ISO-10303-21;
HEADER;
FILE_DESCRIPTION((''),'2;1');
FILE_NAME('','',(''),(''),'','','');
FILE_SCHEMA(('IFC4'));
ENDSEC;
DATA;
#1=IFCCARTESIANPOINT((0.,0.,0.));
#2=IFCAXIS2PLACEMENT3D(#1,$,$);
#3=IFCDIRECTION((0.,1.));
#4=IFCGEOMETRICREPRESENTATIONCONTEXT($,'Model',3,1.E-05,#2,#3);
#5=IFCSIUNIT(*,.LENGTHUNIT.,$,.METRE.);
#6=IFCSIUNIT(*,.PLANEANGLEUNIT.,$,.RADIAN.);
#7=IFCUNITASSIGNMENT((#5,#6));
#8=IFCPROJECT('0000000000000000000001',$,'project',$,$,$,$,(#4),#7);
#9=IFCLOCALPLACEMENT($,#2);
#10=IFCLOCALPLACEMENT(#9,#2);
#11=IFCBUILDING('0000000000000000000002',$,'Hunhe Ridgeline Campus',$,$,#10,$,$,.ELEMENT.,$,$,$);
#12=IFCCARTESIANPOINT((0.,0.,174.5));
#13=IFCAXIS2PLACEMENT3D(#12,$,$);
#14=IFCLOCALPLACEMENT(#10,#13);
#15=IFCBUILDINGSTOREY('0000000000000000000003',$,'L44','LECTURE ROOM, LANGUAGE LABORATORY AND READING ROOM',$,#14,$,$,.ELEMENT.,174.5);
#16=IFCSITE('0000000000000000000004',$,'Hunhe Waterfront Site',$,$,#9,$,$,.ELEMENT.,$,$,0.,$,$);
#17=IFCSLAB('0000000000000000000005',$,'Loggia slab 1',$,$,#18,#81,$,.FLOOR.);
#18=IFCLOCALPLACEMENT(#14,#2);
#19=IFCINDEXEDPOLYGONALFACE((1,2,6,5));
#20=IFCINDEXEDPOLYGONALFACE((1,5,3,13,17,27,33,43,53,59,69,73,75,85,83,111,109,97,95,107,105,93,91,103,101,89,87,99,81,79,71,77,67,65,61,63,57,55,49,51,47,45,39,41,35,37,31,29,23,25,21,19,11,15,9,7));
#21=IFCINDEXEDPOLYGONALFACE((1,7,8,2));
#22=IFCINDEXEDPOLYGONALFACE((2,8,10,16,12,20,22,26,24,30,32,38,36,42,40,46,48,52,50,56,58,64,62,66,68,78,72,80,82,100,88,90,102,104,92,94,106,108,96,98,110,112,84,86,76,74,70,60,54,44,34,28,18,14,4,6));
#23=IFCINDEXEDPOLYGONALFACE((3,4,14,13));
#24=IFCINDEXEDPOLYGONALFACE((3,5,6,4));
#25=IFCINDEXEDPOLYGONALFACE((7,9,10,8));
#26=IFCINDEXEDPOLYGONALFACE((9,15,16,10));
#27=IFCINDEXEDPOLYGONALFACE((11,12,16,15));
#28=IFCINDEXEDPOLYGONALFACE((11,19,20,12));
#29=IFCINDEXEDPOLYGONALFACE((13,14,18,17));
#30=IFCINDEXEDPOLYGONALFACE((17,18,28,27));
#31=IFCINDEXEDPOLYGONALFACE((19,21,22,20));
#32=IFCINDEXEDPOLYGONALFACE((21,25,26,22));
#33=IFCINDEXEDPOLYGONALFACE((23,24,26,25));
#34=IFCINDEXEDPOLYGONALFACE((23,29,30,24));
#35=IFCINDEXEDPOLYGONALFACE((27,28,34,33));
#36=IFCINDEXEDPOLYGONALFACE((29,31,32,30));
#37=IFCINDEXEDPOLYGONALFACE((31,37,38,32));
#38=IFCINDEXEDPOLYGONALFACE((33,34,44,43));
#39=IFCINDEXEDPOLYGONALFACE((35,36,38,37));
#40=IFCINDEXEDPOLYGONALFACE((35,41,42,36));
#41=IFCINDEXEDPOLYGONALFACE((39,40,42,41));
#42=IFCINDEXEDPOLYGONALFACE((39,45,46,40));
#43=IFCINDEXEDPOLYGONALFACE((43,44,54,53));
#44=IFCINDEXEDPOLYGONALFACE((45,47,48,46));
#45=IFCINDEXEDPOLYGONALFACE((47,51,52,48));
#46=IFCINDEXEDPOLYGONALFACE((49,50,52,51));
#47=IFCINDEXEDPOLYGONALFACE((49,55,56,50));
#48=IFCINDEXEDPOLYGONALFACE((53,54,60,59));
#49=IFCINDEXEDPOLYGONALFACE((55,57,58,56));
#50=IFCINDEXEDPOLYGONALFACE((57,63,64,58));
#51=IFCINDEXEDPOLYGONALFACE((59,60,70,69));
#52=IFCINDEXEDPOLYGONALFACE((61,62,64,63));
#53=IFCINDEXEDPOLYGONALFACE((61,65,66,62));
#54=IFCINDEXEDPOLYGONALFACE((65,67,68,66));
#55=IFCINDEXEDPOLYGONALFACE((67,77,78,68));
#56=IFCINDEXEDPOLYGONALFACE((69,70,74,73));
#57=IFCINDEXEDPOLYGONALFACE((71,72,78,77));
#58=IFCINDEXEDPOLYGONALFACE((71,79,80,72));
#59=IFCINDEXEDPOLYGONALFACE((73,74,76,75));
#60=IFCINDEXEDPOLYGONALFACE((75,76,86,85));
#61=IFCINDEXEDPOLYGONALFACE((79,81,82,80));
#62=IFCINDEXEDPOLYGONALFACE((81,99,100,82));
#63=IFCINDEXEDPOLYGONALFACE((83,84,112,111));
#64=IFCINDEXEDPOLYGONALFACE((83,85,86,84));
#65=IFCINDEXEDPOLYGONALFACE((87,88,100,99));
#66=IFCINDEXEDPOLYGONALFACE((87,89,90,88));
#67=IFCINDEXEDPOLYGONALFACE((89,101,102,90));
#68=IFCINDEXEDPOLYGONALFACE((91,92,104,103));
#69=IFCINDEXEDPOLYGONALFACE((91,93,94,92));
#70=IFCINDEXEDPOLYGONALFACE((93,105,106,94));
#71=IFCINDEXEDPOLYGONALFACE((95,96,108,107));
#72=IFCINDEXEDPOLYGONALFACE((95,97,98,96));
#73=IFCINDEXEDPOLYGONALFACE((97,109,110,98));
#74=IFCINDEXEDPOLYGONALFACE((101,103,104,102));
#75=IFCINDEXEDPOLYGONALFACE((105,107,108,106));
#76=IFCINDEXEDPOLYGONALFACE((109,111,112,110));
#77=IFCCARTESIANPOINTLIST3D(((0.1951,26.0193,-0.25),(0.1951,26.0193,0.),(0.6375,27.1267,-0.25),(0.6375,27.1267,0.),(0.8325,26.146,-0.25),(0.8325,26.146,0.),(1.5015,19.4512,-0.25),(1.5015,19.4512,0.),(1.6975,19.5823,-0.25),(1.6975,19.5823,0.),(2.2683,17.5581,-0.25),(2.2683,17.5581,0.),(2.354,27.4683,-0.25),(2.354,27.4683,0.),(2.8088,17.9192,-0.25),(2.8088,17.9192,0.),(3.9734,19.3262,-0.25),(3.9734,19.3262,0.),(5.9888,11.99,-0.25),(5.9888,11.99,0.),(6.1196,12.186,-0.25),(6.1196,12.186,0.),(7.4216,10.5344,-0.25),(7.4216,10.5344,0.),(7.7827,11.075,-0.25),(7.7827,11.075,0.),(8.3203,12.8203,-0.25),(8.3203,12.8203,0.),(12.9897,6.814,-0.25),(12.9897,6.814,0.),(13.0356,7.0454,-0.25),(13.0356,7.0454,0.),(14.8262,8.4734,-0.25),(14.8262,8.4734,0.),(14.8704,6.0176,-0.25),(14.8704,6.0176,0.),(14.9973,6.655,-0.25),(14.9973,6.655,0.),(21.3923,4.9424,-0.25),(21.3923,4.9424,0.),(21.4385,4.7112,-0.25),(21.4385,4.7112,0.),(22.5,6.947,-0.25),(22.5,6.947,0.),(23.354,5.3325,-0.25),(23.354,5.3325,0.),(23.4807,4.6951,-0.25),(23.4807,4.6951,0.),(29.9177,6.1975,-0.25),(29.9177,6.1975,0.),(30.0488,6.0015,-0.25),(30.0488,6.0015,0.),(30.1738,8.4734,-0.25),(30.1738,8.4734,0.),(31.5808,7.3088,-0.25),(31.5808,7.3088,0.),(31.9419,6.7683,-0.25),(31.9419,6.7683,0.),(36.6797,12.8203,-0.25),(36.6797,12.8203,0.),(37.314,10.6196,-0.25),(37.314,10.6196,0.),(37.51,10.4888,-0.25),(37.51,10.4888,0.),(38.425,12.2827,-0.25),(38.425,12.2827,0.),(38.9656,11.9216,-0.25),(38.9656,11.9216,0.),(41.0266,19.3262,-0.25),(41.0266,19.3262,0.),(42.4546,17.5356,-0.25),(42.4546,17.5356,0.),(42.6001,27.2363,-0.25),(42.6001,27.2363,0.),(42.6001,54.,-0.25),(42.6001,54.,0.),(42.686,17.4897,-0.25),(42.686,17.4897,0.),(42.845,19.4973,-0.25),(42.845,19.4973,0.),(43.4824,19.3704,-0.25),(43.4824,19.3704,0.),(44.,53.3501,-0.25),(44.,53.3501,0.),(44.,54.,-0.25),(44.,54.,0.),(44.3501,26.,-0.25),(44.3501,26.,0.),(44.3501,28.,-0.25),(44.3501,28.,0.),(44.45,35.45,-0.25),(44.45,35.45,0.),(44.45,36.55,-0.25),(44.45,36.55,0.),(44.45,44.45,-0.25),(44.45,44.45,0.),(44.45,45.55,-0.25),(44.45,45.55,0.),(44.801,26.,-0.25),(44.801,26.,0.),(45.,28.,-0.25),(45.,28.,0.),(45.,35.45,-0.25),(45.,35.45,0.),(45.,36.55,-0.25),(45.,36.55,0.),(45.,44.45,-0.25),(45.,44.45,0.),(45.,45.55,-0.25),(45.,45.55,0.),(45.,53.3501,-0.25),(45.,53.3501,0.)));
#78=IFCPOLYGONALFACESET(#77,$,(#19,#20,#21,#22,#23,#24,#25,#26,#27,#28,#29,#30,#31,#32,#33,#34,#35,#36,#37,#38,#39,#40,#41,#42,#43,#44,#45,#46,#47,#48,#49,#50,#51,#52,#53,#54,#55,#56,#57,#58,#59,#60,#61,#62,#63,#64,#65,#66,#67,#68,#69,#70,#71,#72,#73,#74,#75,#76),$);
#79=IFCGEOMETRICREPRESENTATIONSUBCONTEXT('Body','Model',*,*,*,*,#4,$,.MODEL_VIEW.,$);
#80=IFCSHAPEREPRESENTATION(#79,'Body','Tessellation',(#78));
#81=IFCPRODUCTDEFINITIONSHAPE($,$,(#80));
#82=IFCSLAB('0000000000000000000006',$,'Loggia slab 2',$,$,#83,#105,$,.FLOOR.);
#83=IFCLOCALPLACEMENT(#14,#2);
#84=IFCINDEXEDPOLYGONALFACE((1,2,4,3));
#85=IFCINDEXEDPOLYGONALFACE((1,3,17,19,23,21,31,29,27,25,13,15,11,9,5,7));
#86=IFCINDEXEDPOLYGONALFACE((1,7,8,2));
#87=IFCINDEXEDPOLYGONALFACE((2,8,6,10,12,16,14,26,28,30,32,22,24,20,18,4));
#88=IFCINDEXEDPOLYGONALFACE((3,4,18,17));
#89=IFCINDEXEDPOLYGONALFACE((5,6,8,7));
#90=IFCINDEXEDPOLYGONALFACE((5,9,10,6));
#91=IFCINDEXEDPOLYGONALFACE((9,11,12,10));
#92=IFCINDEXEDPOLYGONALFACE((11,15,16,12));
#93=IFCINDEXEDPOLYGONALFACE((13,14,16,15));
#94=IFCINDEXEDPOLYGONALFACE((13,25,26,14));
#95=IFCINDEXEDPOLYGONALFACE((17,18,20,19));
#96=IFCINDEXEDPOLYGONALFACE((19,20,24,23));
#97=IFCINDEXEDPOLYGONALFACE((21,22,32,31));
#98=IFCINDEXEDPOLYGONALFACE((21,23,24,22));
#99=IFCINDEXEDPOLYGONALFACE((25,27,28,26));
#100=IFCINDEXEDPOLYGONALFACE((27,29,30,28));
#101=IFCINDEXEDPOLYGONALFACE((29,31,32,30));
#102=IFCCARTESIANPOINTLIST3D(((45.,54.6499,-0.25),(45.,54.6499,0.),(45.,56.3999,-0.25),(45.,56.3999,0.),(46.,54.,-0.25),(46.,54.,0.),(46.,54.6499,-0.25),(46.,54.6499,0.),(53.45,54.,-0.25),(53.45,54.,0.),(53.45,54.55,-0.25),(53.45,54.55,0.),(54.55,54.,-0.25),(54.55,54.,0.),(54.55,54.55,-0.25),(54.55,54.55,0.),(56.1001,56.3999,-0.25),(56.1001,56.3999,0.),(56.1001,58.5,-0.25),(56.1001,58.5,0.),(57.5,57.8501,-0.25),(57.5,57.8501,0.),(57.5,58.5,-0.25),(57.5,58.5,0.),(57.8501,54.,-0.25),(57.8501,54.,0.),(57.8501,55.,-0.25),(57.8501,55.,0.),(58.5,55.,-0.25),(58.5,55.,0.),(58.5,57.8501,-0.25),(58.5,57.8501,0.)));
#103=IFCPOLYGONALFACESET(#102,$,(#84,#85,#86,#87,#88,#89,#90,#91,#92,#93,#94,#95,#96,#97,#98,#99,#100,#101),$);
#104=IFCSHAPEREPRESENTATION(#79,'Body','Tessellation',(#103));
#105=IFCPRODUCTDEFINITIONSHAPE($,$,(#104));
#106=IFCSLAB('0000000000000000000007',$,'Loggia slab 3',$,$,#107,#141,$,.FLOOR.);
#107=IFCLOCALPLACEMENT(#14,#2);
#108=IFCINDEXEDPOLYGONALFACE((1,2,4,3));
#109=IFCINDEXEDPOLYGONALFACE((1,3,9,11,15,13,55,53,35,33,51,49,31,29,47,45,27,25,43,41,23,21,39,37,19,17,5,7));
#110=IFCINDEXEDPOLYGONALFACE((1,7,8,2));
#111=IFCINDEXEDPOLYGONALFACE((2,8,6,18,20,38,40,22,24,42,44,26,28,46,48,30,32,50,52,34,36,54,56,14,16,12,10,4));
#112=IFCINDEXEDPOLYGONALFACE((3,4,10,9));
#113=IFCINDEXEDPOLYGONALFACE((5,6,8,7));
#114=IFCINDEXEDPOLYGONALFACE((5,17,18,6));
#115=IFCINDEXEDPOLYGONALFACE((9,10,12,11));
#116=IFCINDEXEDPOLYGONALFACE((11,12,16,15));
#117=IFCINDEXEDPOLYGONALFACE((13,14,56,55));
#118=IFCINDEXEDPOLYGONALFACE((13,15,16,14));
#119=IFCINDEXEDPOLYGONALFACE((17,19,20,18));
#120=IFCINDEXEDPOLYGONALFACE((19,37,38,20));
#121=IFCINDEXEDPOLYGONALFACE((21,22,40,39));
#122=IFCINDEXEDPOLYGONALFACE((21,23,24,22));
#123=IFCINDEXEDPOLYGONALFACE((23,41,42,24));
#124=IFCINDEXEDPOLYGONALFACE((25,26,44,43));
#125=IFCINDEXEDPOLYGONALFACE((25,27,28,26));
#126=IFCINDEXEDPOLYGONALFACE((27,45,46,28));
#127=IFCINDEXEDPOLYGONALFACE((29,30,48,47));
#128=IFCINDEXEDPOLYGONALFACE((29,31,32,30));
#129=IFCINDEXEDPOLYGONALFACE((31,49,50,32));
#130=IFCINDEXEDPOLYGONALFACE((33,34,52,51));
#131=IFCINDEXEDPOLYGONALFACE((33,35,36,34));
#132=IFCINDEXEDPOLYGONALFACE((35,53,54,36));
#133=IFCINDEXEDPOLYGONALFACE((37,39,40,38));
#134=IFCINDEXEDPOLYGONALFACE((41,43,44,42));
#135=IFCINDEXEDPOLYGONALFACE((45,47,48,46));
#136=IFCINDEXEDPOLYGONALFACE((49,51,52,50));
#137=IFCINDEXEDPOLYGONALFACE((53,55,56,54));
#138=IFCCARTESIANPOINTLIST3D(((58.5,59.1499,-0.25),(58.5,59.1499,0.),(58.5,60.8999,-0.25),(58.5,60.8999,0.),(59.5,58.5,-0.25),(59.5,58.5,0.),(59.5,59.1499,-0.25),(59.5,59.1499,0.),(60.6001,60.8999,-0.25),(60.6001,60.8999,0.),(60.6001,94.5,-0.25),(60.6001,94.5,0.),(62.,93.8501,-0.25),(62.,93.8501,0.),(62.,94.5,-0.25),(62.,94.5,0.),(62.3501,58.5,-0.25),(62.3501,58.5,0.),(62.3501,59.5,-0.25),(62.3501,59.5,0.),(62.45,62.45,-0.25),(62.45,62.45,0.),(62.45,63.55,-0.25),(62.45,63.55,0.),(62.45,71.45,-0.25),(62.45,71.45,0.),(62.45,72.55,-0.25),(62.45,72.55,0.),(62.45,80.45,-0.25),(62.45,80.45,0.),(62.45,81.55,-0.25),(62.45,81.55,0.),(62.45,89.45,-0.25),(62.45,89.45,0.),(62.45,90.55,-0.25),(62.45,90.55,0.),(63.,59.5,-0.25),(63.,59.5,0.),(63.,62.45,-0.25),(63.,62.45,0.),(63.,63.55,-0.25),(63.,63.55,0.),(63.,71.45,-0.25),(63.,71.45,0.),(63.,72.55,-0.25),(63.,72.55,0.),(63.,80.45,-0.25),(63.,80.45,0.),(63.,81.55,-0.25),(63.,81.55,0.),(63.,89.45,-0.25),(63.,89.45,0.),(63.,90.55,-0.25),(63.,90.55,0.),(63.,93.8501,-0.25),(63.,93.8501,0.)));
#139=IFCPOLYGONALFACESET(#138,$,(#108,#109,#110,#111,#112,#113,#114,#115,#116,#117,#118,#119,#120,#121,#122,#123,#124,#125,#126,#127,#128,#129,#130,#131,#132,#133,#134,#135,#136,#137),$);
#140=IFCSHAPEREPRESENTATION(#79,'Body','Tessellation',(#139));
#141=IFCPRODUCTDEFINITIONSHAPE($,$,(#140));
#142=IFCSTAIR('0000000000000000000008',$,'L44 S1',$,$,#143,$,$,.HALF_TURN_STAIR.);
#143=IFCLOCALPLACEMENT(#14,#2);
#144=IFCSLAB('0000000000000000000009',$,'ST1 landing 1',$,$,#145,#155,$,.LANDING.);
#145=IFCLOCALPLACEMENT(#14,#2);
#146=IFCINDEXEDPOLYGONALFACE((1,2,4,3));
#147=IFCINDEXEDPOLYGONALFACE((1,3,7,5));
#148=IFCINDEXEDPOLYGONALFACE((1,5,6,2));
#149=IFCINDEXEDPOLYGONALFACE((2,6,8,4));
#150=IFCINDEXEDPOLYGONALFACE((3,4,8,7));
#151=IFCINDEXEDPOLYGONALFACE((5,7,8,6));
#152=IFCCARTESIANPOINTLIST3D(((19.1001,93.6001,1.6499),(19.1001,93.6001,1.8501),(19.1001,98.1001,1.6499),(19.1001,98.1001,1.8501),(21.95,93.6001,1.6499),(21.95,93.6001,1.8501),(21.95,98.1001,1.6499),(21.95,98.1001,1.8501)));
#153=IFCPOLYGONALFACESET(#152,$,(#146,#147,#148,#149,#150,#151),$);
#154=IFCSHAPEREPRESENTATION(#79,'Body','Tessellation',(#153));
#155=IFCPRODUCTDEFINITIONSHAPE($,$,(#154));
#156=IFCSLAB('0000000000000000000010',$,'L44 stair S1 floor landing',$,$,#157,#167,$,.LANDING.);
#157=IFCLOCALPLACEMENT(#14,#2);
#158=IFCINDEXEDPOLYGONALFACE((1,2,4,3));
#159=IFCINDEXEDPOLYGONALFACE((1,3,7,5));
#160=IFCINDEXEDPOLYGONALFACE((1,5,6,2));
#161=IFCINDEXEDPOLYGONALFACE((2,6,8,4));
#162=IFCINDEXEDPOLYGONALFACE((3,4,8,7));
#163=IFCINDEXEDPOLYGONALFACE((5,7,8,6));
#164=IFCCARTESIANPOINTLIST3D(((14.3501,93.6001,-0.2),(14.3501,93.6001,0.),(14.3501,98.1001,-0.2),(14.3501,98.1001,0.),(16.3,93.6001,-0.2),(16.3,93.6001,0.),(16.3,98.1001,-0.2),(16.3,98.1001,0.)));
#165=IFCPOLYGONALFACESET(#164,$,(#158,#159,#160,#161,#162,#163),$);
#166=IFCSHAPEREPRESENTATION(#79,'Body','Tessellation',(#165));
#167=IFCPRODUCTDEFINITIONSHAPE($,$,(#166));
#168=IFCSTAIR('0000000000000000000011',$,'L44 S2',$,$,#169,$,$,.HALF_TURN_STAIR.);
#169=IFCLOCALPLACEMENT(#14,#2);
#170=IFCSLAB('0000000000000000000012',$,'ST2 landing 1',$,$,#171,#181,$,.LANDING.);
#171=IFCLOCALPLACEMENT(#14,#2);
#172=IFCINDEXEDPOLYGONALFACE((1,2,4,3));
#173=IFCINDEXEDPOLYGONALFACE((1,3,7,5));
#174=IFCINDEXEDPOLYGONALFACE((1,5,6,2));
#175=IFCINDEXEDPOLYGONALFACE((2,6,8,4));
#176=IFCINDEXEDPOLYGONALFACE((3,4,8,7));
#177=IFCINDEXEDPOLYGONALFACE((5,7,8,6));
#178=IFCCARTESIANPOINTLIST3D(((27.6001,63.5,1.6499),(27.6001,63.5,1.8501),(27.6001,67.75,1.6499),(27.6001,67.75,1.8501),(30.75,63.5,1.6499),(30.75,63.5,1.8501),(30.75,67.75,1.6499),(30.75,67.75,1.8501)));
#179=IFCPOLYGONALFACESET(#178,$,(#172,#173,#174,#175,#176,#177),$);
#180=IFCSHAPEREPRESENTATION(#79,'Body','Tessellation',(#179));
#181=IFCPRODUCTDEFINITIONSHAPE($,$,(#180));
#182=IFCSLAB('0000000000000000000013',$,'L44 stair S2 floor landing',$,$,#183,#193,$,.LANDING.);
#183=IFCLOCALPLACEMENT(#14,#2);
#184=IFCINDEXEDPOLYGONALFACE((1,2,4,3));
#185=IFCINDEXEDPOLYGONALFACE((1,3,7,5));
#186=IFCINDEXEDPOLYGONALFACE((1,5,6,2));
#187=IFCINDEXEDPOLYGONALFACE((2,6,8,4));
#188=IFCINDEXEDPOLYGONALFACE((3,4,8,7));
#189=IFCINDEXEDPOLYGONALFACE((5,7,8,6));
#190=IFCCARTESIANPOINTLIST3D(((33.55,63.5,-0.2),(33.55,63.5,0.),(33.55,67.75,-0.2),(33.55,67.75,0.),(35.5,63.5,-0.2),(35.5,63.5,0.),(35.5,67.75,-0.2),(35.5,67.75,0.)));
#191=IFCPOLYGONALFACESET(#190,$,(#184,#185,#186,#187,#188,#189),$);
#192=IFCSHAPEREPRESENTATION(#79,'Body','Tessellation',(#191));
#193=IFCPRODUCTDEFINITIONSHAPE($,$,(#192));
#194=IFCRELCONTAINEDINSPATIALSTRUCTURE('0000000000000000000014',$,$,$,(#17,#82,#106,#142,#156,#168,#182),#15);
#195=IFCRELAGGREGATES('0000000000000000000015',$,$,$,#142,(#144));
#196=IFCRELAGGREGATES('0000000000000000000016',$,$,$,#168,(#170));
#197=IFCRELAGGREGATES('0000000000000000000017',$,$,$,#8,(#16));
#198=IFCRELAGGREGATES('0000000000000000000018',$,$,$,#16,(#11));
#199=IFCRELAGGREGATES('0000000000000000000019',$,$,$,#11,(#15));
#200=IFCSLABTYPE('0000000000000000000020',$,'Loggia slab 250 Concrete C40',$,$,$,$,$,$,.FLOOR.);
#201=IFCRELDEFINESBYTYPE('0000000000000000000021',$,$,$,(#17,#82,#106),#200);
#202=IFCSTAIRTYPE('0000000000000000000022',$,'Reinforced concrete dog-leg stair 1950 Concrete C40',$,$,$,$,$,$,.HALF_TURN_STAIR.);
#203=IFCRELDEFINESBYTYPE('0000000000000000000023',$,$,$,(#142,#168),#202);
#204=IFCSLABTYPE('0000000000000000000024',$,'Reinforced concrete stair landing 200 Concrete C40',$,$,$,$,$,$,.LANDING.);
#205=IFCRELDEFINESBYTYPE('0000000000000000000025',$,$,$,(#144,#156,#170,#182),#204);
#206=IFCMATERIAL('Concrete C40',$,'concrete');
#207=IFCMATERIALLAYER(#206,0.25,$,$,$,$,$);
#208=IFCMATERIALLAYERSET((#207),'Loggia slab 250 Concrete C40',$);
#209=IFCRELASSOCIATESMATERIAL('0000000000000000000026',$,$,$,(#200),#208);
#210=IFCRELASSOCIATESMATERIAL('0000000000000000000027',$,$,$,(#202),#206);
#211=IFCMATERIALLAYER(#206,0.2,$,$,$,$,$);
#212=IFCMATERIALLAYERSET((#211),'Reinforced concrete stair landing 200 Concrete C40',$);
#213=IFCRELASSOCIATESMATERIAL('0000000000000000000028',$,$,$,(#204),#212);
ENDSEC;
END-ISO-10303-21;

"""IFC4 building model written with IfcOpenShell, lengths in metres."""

from ifc_helpers import new_model, si_unit, direction, frame, origin, place, context, subcontext, project, spatial, polyline, outline, extrude, material, layer, layer_set, type_object, element, aggregate, save


model = new_model("IFC4")

# Units and contexts
model_context = context("Model", 3, precision=1e-05, world=origin(), true_north=direction((0.0, 1.0)))
body_context = subcontext(model_context, "Body", "Model", "MODEL_VIEW")
ifc_project = project(units=[si_unit("LENGTHUNIT", "METRE"), si_unit("PLANEANGLEUNIT", "RADIAN")], contexts=[model_context])

# Site, building, storey
site_placement = place(None, origin())
site = spatial("IfcSite", under=ifc_project, at=site_placement, Name="Hunhe Waterfront Site", CompositionType="ELEMENT", RefElevation=0.0)
building_placement = place(site_placement, origin())
building = spatial("IfcBuilding", under=site, at=building_placement, Name="Hunhe Ridgeline Campus", CompositionType="ELEMENT")
storey_placement = place(building_placement, frame((0.0, 0.0, 174.5)))
storey = spatial("IfcBuildingStorey", under=building, at=storey_placement, Name="L44", Description="LECTURE ROOM, LANGUAGE LABORATORY AND READING ROOM", CompositionType="ELEMENT", Elevation=174.5)

# Slabs
ifc_material_1 = material(Name="Concrete C40", Category="concrete")
ifc_layer_1 = layer(ifc_material_1, 0.25)
ifc_layer_set_1 = layer_set([ifc_layer_1], Name="Loggia slab 250 Concrete C40")
slab_type_1 = type_object("IfcSlabType", Name="Loggia slab 250 Concrete C40", PredefinedType="FLOOR", material=ifc_layer_set_1)
slab_1_placement = place(storey_placement, frame((0.0, 0.0, -0.25)))
element("IfcSlab", 1, at=slab_1_placement, inside=storey, type_object=slab_type_1, Name="Loggia slab 1", PredefinedType="FLOOR", context=body_context, shape_type="SweptSolid", body=[
    extrude(outline(polyline([(30.1738, 8.4734), (22.5, 6.947), (14.8262, 8.4734), (8.3203, 12.8203), (3.9734, 19.3262), (2.354, 27.4683), (0.6375, 27.1267), (0.8325, 26.146), (0.1951, 26.0193), (1.5015, 19.4512), (1.6975, 19.5823), (2.8088, 17.9192), (2.2683, 17.5581), (5.9888, 11.99), (6.1196, 12.186), (7.7827, 11.075), (7.4216, 10.5344), (12.9897, 6.814), (13.0356, 7.0454), (14.9973, 6.655), (14.8704, 6.0176), (21.4385, 4.7112), (21.3923, 4.9424), (23.354, 5.3325), (23.4807, 4.6951), (30.0488, 6.0015), (29.9177, 6.1975), (31.5808, 7.3088), (31.9419, 6.7683), (37.51, 10.4888), (37.314, 10.6196), (38.425, 12.2827), (38.9656, 11.9216), (42.686, 17.4897), (42.4546, 17.5356), (42.845, 19.4973), (43.4824, 19.3704), (44.801, 26.0), (44.3501, 26.0), (44.3501, 28.0), (45.0, 28.0), (45.0, 35.45), (44.45, 35.45), (44.45, 36.55), (45.0, 36.55), (45.0, 44.45), (44.45, 44.45), (44.45, 45.55), (45.0, 45.55), (45.0, 53.3501), (44.0, 53.3501), (44.0, 54.0), (42.6001, 54.0), (42.6001, 27.2363), (41.0266, 19.3262), (36.6797, 12.8203), (30.1738, 8.4734)])), origin(), (0.0, 0.0, 1.0), 0.25),
])
slab_2_placement = place(storey_placement, frame((0.0, 0.0, -0.25)))
element("IfcSlab", 2, at=slab_2_placement, inside=storey, type_object=slab_type_1, Name="Loggia slab 2", PredefinedType="FLOOR", context=body_context, shape_type="SweptSolid", body=[
    extrude(outline(polyline([(45.0, 54.6499), (46.0, 54.6499), (46.0, 54.0), (53.45, 54.0), (53.45, 54.55), (54.55, 54.55), (54.55, 54.0), (57.8501, 54.0), (57.8501, 55.0), (58.5, 55.0), (58.5, 57.8501), (57.5, 57.8501), (57.5, 58.5), (56.1001, 58.5), (56.1001, 56.3999), (45.0, 56.3999), (45.0, 54.6499)])), origin(), (0.0, 0.0, 1.0), 0.25),
])
slab_3_placement = place(storey_placement, frame((0.0, 0.0, -0.25)))
element("IfcSlab", 3, at=slab_3_placement, inside=storey, type_object=slab_type_1, Name="Loggia slab 3", PredefinedType="FLOOR", context=body_context, shape_type="SweptSolid", body=[
    extrude(outline(polyline([(58.5, 59.1499), (59.5, 59.1499), (59.5, 58.5), (62.3501, 58.5), (62.3501, 59.5), (63.0, 59.5), (63.0, 62.45), (62.45, 62.45), (62.45, 63.55), (63.0, 63.55), (63.0, 71.45), (62.45, 71.45), (62.45, 72.55), (63.0, 72.55), (63.0, 80.45), (62.45, 80.45), (62.45, 81.55), (63.0, 81.55), (63.0, 89.45), (62.45, 89.45), (62.45, 90.55), (63.0, 90.55), (63.0, 93.8501), (62.0, 93.8501), (62.0, 94.5), (60.6001, 94.5), (60.6001, 60.8999), (58.5, 60.8999), (58.5, 59.1499)])), origin(), (0.0, 0.0, 1.0), 0.25),
])

# Stair, slab
stair_type = type_object("IfcStairType", Name="Reinforced concrete dog-leg stair 1950 Concrete C40", PredefinedType="HALF_TURN_STAIR", material=ifc_material_1)
stair_1_placement = place(storey_placement, origin())
stair_1 = element("IfcStair", 4, at=stair_1_placement, inside=storey, type_object=stair_type, Name="L44 S1", PredefinedType="HALF_TURN_STAIR")
ifc_layer_2 = layer(ifc_material_1, 0.2)
ifc_layer_set_2 = layer_set([ifc_layer_2], Name="Reinforced concrete stair landing 200 Concrete C40")
slab_type_2 = type_object("IfcSlabType", Name="Reinforced concrete stair landing 200 Concrete C40", PredefinedType="LANDING", material=ifc_layer_set_2)
slab_4_placement = place(storey_placement, frame((0.0, 0.0, 1.6499)))
slab_4 = element("IfcSlab", 5, at=slab_4_placement, type_object=slab_type_2, Name="ST1 landing 1", PredefinedType="LANDING", context=body_context, shape_type="SweptSolid", body=[
    extrude(outline(polyline([(19.1001, 93.6001), (21.95, 93.6001), (21.95, 98.1001), (19.1001, 98.1001), (19.1001, 93.6001)])), origin(), (0.0, 0.0, 1.0), 0.2002),
])
aggregate(stair_1, [slab_4])

# Slab
slab_5_placement = place(storey_placement, frame((0.0, 0.0, -0.2)))
element("IfcSlab", 6, at=slab_5_placement, inside=storey, type_object=slab_type_2, Name="L44 stair S1 floor landing", PredefinedType="LANDING", context=body_context, shape_type="SweptSolid", body=[
    extrude(outline(polyline([(14.3501, 93.6001), (16.3, 93.6001), (16.3, 98.1001), (14.3501, 98.1001), (14.3501, 93.6001)])), origin(), (0.0, 0.0, 1.0), 0.2),
])

# Stair, slab
stair_2_placement = place(storey_placement, origin())
stair_2 = element("IfcStair", 7, at=stair_2_placement, inside=storey, type_object=stair_type, Name="L44 S2", PredefinedType="HALF_TURN_STAIR")
slab_6_placement = place(storey_placement, frame((0.0, 0.0, 1.6499)))
slab_6 = element("IfcSlab", 8, at=slab_6_placement, type_object=slab_type_2, Name="ST2 landing 1", PredefinedType="LANDING", context=body_context, shape_type="SweptSolid", body=[
    extrude(outline(polyline([(30.75, 67.75), (27.6001, 67.75), (27.6001, 63.5), (30.75, 63.5), (30.75, 67.75)])), origin(), (0.0, 0.0, 1.0), 0.2002),
])
aggregate(stair_2, [slab_6])

# Slab
slab_7_placement = place(storey_placement, frame((0.0, 0.0, -0.2)))
element("IfcSlab", 9, at=slab_7_placement, inside=storey, type_object=slab_type_2, Name="L44 stair S2 floor landing", PredefinedType="LANDING", context=body_context, shape_type="SweptSolid", body=[
    extrude(outline(polyline([(35.5, 67.75), (33.55, 67.75), (33.55, 63.5), (35.5, 63.5), (35.5, 67.75)])), origin(), (0.0, 0.0, 1.0), 0.2),
])

save(model, "model.ifc")
